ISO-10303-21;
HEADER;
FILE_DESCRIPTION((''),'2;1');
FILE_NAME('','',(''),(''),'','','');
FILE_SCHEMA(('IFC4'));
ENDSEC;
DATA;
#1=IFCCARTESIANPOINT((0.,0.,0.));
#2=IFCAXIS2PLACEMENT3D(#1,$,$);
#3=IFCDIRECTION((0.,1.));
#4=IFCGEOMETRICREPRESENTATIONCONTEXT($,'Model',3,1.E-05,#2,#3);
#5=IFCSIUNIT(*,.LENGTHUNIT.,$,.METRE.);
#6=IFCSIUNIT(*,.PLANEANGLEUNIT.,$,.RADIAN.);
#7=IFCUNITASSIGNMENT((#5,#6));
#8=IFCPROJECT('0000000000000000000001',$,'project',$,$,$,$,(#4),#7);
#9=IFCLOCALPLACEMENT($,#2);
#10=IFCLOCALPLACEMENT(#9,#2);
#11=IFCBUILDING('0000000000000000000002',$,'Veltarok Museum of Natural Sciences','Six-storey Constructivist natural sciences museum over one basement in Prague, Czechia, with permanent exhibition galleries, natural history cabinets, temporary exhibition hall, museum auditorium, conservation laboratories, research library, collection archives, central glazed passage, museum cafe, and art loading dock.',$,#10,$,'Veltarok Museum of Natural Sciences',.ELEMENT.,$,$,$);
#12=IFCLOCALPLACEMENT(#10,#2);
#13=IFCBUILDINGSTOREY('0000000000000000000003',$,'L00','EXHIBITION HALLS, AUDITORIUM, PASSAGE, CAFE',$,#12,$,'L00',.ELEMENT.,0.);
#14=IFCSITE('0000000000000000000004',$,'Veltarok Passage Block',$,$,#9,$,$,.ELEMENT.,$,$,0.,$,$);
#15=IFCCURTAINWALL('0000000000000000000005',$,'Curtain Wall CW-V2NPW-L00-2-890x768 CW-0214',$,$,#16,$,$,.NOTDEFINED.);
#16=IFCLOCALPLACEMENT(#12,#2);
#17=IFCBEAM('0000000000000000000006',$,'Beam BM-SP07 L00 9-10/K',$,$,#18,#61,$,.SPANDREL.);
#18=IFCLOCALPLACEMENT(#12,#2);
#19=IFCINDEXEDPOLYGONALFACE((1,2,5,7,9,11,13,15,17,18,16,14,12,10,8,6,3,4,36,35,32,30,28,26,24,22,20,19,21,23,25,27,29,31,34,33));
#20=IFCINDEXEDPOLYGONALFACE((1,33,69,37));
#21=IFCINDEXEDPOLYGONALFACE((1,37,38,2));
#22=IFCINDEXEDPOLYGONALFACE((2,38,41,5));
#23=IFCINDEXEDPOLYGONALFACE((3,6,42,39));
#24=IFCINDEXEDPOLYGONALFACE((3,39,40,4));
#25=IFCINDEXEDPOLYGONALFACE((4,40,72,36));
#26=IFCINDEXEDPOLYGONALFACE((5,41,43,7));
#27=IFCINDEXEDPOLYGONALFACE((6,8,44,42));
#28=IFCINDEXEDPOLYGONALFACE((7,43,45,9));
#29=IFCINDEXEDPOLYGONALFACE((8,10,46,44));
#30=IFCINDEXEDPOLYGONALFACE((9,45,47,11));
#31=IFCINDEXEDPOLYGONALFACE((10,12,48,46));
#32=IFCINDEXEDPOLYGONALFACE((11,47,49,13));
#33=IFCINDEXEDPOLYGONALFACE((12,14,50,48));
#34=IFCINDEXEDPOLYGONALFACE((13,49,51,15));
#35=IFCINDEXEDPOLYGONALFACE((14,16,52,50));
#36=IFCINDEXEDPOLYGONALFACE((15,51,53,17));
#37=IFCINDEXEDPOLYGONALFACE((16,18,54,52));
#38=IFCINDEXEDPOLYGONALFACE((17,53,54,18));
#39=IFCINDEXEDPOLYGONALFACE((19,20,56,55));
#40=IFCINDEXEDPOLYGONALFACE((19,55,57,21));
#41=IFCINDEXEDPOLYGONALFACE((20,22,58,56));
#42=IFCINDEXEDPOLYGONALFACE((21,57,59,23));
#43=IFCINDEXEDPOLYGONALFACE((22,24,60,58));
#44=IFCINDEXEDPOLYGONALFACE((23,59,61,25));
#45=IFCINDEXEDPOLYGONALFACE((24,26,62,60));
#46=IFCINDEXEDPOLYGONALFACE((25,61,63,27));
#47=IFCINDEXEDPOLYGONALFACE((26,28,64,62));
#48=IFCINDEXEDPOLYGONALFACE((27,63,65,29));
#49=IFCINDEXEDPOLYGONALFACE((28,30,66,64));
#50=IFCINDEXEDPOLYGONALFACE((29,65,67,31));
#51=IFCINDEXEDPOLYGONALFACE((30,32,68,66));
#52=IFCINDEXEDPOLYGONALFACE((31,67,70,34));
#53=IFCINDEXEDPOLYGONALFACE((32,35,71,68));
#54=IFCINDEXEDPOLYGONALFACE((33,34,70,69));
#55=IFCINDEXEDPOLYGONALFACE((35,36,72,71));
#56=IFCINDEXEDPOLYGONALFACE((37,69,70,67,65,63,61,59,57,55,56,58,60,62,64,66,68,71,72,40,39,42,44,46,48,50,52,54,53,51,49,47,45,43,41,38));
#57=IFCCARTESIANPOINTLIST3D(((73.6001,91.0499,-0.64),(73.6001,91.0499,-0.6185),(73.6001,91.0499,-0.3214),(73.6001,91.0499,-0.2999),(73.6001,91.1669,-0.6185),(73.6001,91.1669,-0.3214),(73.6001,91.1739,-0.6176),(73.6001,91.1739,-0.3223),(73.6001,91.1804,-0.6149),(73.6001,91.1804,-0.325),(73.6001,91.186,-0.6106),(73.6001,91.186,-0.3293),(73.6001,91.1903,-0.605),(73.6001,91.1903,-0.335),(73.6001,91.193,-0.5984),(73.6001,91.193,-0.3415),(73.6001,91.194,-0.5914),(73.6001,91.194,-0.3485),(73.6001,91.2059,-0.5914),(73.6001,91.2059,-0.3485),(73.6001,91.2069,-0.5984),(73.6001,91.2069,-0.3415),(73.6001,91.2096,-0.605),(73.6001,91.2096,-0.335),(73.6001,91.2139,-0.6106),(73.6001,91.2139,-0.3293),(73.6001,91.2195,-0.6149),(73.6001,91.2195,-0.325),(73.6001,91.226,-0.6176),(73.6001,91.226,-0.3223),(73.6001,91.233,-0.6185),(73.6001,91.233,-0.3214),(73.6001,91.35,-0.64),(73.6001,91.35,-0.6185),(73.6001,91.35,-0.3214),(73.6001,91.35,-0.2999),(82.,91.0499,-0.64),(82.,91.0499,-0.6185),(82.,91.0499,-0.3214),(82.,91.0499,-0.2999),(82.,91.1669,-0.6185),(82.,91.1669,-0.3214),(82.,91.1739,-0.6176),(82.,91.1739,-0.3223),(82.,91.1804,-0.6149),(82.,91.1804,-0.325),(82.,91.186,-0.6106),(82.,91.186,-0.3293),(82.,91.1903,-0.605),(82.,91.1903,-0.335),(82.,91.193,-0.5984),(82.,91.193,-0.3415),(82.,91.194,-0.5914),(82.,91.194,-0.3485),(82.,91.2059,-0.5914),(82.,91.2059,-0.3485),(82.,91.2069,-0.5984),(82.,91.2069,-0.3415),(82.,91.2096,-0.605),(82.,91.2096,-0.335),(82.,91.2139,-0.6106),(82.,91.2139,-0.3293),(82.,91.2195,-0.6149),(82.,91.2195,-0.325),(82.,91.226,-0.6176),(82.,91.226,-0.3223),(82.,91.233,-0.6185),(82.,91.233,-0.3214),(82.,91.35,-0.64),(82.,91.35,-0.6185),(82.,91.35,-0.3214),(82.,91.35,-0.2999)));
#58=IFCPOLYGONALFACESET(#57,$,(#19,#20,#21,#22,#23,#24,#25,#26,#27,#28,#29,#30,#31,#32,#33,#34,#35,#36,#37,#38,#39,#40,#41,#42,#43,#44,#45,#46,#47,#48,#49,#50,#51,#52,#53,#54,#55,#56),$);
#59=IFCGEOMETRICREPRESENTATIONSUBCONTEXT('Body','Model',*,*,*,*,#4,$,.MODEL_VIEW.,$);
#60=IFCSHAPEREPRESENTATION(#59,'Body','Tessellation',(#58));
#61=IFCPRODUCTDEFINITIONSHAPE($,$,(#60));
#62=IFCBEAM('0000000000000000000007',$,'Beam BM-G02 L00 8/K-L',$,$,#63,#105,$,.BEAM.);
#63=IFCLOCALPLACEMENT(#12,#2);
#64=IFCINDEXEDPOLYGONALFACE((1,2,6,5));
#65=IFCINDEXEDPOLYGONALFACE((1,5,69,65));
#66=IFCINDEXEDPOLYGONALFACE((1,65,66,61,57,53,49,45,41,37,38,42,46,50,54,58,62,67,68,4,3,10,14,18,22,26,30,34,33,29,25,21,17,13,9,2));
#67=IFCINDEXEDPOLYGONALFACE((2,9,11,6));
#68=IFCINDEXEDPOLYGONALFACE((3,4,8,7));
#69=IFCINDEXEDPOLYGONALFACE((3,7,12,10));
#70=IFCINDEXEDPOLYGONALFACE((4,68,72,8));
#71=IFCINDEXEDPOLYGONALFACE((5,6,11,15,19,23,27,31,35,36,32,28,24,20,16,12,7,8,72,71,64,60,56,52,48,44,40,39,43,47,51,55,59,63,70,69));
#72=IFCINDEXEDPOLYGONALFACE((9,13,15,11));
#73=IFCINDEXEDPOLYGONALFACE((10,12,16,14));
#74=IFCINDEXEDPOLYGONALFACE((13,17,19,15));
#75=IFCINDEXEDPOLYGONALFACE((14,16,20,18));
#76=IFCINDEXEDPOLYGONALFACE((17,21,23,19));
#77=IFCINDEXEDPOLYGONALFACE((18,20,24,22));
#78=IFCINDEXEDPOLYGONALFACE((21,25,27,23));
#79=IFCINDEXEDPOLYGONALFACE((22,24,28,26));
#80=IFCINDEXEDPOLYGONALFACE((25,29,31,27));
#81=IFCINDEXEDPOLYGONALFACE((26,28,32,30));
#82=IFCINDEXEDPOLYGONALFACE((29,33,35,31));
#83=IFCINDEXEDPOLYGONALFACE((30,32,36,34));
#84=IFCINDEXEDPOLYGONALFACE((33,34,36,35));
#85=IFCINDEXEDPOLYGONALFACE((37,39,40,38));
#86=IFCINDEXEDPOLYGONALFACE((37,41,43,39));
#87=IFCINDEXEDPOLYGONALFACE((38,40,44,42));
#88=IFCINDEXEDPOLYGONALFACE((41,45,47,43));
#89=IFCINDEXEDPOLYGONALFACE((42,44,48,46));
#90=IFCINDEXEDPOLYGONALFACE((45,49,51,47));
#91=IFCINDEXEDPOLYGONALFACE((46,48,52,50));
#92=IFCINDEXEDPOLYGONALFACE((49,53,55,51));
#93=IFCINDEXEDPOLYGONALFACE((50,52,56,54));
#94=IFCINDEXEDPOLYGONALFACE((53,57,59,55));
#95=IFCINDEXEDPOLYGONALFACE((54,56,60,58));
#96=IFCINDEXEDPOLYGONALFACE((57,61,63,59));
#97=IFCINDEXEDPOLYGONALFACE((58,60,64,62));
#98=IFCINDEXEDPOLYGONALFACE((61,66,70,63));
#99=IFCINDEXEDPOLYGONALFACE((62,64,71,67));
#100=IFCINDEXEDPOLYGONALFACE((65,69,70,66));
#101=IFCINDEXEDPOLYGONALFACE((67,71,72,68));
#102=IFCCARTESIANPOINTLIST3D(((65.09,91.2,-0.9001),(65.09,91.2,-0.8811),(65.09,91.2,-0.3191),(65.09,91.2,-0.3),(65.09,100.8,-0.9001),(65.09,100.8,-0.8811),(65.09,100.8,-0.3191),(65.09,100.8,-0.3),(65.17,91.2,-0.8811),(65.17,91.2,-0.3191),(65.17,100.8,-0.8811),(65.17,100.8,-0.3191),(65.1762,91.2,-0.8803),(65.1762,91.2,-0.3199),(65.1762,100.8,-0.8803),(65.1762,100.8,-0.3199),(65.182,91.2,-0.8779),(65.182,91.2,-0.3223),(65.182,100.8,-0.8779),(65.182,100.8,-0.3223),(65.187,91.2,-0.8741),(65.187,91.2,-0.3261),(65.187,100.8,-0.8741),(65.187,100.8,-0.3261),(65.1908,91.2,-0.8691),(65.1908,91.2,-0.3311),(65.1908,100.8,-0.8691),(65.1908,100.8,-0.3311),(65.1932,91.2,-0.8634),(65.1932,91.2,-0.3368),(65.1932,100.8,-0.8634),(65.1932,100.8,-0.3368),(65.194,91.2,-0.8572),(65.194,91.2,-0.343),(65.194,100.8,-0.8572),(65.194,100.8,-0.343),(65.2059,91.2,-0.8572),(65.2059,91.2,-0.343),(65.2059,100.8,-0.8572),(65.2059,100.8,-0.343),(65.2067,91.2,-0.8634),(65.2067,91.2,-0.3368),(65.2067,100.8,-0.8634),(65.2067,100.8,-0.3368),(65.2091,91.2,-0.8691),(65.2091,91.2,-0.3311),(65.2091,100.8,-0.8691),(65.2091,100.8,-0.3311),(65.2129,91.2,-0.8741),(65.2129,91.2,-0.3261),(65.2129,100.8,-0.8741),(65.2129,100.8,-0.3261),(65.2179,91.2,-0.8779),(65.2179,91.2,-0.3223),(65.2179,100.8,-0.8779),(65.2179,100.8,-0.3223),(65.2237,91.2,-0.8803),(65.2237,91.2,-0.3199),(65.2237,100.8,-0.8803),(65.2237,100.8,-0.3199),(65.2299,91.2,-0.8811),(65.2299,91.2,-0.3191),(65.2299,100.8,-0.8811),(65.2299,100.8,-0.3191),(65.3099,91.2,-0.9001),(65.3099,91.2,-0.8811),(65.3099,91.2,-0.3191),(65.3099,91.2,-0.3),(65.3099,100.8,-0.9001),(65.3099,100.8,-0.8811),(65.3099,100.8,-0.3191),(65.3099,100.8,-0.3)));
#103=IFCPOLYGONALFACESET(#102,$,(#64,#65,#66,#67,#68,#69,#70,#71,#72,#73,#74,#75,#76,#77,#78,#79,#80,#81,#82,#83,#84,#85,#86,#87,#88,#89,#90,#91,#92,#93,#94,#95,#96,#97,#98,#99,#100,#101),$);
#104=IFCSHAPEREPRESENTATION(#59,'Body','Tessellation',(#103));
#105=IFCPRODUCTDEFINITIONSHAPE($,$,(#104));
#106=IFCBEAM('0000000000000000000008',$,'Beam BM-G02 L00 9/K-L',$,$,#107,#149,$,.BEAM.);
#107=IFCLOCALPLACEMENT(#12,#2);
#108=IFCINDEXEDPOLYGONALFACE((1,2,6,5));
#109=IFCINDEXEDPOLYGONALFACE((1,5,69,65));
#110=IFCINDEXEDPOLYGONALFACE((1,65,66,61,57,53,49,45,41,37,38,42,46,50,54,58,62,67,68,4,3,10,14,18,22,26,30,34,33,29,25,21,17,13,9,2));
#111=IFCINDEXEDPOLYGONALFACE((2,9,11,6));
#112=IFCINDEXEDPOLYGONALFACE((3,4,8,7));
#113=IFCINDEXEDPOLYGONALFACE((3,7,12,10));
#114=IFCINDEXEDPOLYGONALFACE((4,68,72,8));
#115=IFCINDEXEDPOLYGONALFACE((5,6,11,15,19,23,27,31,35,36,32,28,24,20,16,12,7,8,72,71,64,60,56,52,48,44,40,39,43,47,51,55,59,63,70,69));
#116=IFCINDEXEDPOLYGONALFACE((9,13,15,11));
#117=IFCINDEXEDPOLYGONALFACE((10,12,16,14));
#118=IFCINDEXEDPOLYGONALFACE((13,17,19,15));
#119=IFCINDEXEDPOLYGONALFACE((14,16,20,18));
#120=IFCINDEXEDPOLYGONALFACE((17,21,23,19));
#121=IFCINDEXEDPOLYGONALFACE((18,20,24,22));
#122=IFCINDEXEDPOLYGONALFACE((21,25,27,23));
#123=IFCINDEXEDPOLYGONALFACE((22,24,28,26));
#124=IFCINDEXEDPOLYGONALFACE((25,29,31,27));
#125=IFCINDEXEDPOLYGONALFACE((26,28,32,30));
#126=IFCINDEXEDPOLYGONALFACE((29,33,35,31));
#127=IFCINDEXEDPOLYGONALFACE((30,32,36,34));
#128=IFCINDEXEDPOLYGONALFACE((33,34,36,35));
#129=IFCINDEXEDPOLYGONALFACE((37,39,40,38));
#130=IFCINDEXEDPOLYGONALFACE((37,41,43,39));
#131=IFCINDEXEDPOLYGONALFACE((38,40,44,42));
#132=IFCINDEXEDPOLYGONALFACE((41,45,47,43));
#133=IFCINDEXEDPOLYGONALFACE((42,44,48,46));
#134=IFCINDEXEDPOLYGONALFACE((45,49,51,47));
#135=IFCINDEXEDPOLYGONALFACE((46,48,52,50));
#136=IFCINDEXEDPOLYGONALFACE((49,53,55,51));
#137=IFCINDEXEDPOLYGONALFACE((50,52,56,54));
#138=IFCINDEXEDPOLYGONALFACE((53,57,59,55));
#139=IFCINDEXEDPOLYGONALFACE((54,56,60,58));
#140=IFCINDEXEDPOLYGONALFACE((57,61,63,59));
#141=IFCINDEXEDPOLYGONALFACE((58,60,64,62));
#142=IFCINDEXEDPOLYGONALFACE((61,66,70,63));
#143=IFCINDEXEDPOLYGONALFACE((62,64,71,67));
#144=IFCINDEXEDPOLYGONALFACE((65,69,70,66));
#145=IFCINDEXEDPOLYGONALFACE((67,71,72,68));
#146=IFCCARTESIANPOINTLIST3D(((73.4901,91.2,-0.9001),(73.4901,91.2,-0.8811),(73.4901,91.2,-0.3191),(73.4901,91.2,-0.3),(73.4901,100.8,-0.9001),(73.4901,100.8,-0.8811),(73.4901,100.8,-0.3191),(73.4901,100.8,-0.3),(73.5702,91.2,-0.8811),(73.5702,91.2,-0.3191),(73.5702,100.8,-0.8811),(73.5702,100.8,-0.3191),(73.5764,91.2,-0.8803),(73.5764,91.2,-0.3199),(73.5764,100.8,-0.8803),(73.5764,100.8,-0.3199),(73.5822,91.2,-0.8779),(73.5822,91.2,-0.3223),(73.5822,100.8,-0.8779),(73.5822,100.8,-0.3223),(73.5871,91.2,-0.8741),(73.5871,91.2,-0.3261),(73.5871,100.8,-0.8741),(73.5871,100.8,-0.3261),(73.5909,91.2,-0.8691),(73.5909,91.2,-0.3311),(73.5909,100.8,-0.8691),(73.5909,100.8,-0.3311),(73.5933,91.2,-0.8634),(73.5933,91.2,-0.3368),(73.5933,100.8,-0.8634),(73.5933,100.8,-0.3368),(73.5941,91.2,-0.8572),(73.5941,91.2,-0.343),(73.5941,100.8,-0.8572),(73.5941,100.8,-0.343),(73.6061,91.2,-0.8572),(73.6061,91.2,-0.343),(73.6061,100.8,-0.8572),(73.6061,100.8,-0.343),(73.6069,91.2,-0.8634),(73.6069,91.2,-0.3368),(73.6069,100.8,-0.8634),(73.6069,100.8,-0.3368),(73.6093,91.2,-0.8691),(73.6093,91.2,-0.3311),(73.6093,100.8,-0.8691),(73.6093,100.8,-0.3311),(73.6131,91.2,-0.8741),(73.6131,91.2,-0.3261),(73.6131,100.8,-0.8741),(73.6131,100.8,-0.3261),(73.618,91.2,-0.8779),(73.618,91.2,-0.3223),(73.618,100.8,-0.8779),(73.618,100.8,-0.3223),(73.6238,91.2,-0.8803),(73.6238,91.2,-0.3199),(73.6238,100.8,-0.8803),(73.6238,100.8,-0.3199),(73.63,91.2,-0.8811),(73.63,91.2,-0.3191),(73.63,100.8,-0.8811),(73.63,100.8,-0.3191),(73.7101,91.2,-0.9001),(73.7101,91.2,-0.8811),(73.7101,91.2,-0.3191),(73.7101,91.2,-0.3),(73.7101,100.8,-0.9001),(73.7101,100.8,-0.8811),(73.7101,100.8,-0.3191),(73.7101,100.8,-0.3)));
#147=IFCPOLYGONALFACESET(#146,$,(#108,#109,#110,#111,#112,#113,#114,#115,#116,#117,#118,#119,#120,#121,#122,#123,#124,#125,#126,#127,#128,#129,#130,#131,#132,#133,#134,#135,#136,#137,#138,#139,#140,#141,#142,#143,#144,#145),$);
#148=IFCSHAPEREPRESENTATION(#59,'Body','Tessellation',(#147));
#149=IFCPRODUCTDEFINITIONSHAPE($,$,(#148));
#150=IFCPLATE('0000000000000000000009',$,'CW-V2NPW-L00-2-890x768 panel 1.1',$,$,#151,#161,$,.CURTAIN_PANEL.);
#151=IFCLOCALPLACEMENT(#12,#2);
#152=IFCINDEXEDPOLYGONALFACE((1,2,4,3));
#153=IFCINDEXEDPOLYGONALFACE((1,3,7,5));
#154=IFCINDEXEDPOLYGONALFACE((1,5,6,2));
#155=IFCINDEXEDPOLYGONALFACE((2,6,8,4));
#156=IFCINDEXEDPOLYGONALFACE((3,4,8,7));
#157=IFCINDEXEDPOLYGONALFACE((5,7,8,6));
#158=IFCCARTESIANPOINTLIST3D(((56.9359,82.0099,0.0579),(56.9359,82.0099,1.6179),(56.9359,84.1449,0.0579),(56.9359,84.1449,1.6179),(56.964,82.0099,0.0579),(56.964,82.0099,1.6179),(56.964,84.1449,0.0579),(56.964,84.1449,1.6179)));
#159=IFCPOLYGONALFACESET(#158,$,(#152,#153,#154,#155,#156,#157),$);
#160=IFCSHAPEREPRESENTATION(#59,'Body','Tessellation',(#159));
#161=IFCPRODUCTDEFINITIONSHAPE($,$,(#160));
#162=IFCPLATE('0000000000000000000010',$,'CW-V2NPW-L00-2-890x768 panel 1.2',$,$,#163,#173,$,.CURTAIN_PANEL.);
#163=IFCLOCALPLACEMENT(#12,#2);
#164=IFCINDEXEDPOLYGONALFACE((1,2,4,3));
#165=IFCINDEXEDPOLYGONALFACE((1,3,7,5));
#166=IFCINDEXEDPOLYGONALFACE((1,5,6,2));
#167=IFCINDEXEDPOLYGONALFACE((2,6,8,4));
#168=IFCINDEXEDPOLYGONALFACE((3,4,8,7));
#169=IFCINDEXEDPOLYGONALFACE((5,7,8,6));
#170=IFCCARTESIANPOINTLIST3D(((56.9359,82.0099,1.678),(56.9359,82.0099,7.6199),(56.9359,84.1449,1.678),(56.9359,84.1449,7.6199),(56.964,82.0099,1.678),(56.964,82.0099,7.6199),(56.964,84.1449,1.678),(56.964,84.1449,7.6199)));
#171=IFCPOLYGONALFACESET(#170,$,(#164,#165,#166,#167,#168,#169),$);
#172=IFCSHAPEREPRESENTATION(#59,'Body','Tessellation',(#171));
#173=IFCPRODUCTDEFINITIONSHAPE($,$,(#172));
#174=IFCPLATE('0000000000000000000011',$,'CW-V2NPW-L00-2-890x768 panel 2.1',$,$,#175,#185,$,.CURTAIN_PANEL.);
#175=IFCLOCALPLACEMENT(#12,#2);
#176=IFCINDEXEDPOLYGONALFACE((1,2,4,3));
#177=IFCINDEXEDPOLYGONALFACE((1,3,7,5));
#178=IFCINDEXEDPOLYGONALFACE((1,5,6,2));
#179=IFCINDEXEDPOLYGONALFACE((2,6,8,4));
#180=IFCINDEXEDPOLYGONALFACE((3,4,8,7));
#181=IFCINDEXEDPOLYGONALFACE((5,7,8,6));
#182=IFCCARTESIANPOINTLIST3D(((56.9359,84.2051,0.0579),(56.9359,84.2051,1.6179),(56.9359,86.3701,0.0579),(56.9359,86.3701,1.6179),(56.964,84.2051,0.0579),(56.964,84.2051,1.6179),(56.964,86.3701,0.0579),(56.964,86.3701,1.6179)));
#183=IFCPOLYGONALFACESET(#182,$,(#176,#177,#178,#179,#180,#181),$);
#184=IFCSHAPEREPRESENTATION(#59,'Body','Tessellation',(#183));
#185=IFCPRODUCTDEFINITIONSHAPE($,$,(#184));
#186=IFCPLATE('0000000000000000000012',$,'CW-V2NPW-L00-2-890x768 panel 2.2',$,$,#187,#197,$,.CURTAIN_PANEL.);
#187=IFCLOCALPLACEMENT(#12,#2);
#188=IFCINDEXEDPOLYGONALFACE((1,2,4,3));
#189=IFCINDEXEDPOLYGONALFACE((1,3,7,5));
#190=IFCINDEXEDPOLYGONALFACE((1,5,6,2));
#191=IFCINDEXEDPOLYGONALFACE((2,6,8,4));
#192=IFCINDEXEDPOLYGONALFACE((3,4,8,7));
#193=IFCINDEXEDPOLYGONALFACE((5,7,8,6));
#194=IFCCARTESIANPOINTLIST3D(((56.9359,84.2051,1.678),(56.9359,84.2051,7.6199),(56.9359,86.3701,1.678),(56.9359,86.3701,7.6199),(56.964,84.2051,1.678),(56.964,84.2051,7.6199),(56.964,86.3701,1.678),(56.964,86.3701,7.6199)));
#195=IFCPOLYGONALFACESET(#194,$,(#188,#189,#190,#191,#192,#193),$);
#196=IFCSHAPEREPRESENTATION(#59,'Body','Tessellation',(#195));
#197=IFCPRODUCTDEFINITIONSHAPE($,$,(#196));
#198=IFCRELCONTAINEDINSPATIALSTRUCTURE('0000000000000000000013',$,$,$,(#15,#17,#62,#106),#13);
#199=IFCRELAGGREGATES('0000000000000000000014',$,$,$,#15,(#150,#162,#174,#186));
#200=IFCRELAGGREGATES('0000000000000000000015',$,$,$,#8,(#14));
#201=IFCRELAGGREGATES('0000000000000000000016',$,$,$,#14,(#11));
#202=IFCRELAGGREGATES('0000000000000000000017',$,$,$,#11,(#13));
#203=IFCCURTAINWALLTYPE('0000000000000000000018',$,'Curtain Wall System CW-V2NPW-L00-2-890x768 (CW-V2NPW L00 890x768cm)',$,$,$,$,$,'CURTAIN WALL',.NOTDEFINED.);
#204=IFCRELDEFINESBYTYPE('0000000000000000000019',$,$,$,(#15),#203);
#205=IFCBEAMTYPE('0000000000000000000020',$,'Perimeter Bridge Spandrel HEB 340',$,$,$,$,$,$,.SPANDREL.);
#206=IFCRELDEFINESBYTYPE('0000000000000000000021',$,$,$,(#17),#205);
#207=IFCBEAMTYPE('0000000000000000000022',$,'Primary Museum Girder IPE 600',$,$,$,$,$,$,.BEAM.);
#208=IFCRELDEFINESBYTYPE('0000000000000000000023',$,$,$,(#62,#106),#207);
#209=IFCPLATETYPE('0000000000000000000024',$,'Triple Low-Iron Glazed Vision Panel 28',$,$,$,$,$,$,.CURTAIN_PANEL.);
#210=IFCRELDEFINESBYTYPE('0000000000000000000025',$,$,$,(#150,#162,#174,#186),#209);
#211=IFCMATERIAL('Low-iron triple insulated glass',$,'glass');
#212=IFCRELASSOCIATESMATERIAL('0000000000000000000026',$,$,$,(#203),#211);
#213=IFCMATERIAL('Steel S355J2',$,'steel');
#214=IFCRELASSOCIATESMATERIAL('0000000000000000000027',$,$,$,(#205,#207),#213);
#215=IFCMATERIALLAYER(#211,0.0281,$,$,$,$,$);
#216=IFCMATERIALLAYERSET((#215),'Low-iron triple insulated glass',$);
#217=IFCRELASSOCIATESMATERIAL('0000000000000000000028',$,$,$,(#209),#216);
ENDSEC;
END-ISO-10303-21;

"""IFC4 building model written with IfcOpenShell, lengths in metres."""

from ifc_helpers import new_model, si_unit, direction, frame, origin, origin_2d, place, context, subcontext, project, spatial, rectangle, i_section, extrude, material, layer, layer_set, material_profile, profile_set, type_object, element, aggregate, save


model = new_model("IFC4")

# Units and contexts
model_context = context("Model", 3, precision=1e-05, world=origin(), true_north=direction((0.0, 1.0)))
body_context = subcontext(model_context, "Body", "Model", "MODEL_VIEW")
ifc_project = project(units=[si_unit("LENGTHUNIT", "METRE"), si_unit("PLANEANGLEUNIT", "RADIAN")], contexts=[model_context])

# Site, building, storey
site_placement = place(None, origin())
site = spatial("IfcSite", under=ifc_project, at=site_placement, Name="Veltarok Passage Block", CompositionType="ELEMENT", RefElevation=0.0)
building_placement = place(site_placement, origin())
building = spatial("IfcBuilding", under=site, at=building_placement, Name="Veltarok Museum of Natural Sciences", Description="Six-storey Constructivist natural sciences museum over one basement in Prague, Czechia, with permanent exhibition galleries, natural history cabinets, temporary exhibition hall, museum auditorium, conservation laboratories, research library, collection archives, central glazed passage, museum cafe, and art loading dock.", LongName="Veltarok Museum of Natural Sciences", CompositionType="ELEMENT")
storey_placement = place(building_placement, origin())
storey = spatial("IfcBuildingStorey", under=building, at=storey_placement, Name="L00", Description="EXHIBITION HALLS, AUDITORIUM, PASSAGE, CAFE", LongName="L00", CompositionType="ELEMENT", Elevation=0.0)

# Shared definitions
ifc_material_1 = material(Name="Steel S355J2", Category="steel")

# Curtain wall
ifc_material_2 = material(Name="Low-iron triple insulated glass", Category="glass")
curtain_wall_type_1 = type_object("IfcCurtainWallType", Name="Curtain Wall System CW-V2NPW-L00-2-890x768 (CW-V2NPW L00 890x768cm)", ElementType="CURTAIN WALL", PredefinedType="NOTDEFINED", material=ifc_material_2)
curtain_wall_1_placement = place(storey_placement, origin())
curtain_wall_1 = element("IfcCurtainWall", 1, at=curtain_wall_1_placement, inside=storey, type_object=curtain_wall_type_1, Name="Curtain Wall CW-V2NPW-L00-2-890x768 CW-0214", PredefinedType="NOTDEFINED")

# Beams
ifc_material_profile_1 = material_profile(ifc_material_1, i_section(OverallWidth=0.3, OverallDepth=0.3401, WebThickness=0.012, FlangeThickness=0.0215, FilletRadius=0.0271, at=origin_2d()), Name="HEB 340")
ifc_profile_set_1 = profile_set([ifc_material_profile_1], Name="Steel S355J2")
beam_type_1 = type_object("IfcBeamType", Name="Perimeter Bridge Spandrel HEB 340", PredefinedType="SPANDREL", material=ifc_profile_set_1)
beam_1_placement = place(storey_placement, frame((73.6001, 91.2, -0.47), z_axis=(1.0, 0.0, 0.0), x_axis=(0.0, 1.0, 0.0)))
element("IfcBeam", 2, at=beam_1_placement, inside=storey, type_object=beam_type_1, Name="Beam BM-SP07 L00 9-10/K", PredefinedType="SPANDREL", context=body_context, shape_type="SweptSolid", body=[
    extrude(i_section(OverallWidth=0.3, OverallDepth=0.3401, WebThickness=0.012, FlangeThickness=0.0215, FilletRadius=0.0271, at=origin_2d()), origin(), (0.0, 0.0, 1.0), 8.3999),
])
ifc_material_profile_2 = material_profile(ifc_material_1, i_section(OverallWidth=0.22, OverallDepth=0.6001, WebThickness=0.012, FlangeThickness=0.019, FilletRadius=0.0239, at=origin_2d()), Name="IPE 600")
ifc_profile_set_2 = profile_set([ifc_material_profile_2], Name="Steel S355J2")
beam_type_2 = type_object("IfcBeamType", Name="Primary Museum Girder IPE 600", PredefinedType="BEAM", material=ifc_profile_set_2)
for number, where, z_axis, x_axis, name in (
    (3, (65.2, 91.2, -0.6001), (0.0, 1.0, 0.0), (-1.0, 0.0, 0.0), "Beam BM-G02 L00 8/K-L"),
    (4, (73.6001, 91.2, -0.6001), (0.0, 1.0, 0.0), (-1.0, 0.0, 0.0), "Beam BM-G02 L00 9/K-L"),
):
    element("IfcBeam", number, at=place(storey_placement, frame(where, z_axis=z_axis, x_axis=x_axis)), inside=storey, type_object=beam_type_2, Name=name, PredefinedType="BEAM", context=body_context, shape_type="SweptSolid", body=[
        extrude(i_section(OverallWidth=0.22, OverallDepth=0.6001, WebThickness=0.012, FlangeThickness=0.019, FilletRadius=0.0239, at=origin_2d()), origin(), (0.0, 0.0, 1.0), 9.6001),
    ])

# Plates
ifc_layer = layer(ifc_material_2, 0.0281)
ifc_layer_set = layer_set([ifc_layer], Name="Low-iron triple insulated glass")
plate_type = type_object("IfcPlateType", Name="Triple Low-Iron Glazed Vision Panel 28", PredefinedType="CURTAIN_PANEL", material=ifc_layer_set)
plate_1_placement = place(storey_placement, frame((56.95, 83.0774, 0.0579), z_axis=(0.0, 0.0, 1.0), x_axis=(0.0, 1.0, 0.0)))
plate_1 = element("IfcPlate", 5, at=plate_1_placement, type_object=plate_type, Name="CW-V2NPW-L00-2-890x768 panel 1.1", PredefinedType="CURTAIN_PANEL", context=body_context, shape_type="SweptSolid", body=[
    extrude(rectangle(XDim=2.135, YDim=0.0281, at=origin_2d()), origin(), (0.0, 0.0, 1.0), 1.5601),
])
plate_2_placement = place(storey_placement, frame((56.95, 83.0774, 1.678), z_axis=(0.0, 0.0, 1.0), x_axis=(0.0, 1.0, 0.0)))
plate_2 = element("IfcPlate", 6, at=plate_2_placement, type_object=plate_type, Name="CW-V2NPW-L00-2-890x768 panel 1.2", PredefinedType="CURTAIN_PANEL", context=body_context, shape_type="SweptSolid", body=[
    extrude(rectangle(XDim=2.135, YDim=0.0281, at=origin_2d()), origin(), (0.0, 0.0, 1.0), 5.9419),
])
plate_3_placement = place(storey_placement, frame((56.95, 85.2876, 0.0579), z_axis=(0.0, 0.0, 1.0), x_axis=(0.0, 1.0, 0.0)))
plate_3 = element("IfcPlate", 7, at=plate_3_placement, type_object=plate_type, Name="CW-V2NPW-L00-2-890x768 panel 2.1", PredefinedType="CURTAIN_PANEL", context=body_context, shape_type="SweptSolid", body=[
    extrude(rectangle(XDim=2.165, YDim=0.0281, at=origin_2d()), origin(), (0.0, 0.0, 1.0), 1.5601),
])
plate_4_placement = place(storey_placement, frame((56.95, 85.2876, 1.678), z_axis=(0.0, 0.0, 1.0), x_axis=(0.0, 1.0, 0.0)))
plate_4 = element("IfcPlate", 8, at=plate_4_placement, type_object=plate_type, Name="CW-V2NPW-L00-2-890x768 panel 2.2", PredefinedType="CURTAIN_PANEL", context=body_context, shape_type="SweptSolid", body=[
    extrude(rectangle(XDim=2.165, YDim=0.0281, at=origin_2d()), origin(), (0.0, 0.0, 1.0), 5.9419),
])
aggregate(curtain_wall_1, [plate_1, plate_2, plate_3, plate_4])

save(model, "model.ifc")
